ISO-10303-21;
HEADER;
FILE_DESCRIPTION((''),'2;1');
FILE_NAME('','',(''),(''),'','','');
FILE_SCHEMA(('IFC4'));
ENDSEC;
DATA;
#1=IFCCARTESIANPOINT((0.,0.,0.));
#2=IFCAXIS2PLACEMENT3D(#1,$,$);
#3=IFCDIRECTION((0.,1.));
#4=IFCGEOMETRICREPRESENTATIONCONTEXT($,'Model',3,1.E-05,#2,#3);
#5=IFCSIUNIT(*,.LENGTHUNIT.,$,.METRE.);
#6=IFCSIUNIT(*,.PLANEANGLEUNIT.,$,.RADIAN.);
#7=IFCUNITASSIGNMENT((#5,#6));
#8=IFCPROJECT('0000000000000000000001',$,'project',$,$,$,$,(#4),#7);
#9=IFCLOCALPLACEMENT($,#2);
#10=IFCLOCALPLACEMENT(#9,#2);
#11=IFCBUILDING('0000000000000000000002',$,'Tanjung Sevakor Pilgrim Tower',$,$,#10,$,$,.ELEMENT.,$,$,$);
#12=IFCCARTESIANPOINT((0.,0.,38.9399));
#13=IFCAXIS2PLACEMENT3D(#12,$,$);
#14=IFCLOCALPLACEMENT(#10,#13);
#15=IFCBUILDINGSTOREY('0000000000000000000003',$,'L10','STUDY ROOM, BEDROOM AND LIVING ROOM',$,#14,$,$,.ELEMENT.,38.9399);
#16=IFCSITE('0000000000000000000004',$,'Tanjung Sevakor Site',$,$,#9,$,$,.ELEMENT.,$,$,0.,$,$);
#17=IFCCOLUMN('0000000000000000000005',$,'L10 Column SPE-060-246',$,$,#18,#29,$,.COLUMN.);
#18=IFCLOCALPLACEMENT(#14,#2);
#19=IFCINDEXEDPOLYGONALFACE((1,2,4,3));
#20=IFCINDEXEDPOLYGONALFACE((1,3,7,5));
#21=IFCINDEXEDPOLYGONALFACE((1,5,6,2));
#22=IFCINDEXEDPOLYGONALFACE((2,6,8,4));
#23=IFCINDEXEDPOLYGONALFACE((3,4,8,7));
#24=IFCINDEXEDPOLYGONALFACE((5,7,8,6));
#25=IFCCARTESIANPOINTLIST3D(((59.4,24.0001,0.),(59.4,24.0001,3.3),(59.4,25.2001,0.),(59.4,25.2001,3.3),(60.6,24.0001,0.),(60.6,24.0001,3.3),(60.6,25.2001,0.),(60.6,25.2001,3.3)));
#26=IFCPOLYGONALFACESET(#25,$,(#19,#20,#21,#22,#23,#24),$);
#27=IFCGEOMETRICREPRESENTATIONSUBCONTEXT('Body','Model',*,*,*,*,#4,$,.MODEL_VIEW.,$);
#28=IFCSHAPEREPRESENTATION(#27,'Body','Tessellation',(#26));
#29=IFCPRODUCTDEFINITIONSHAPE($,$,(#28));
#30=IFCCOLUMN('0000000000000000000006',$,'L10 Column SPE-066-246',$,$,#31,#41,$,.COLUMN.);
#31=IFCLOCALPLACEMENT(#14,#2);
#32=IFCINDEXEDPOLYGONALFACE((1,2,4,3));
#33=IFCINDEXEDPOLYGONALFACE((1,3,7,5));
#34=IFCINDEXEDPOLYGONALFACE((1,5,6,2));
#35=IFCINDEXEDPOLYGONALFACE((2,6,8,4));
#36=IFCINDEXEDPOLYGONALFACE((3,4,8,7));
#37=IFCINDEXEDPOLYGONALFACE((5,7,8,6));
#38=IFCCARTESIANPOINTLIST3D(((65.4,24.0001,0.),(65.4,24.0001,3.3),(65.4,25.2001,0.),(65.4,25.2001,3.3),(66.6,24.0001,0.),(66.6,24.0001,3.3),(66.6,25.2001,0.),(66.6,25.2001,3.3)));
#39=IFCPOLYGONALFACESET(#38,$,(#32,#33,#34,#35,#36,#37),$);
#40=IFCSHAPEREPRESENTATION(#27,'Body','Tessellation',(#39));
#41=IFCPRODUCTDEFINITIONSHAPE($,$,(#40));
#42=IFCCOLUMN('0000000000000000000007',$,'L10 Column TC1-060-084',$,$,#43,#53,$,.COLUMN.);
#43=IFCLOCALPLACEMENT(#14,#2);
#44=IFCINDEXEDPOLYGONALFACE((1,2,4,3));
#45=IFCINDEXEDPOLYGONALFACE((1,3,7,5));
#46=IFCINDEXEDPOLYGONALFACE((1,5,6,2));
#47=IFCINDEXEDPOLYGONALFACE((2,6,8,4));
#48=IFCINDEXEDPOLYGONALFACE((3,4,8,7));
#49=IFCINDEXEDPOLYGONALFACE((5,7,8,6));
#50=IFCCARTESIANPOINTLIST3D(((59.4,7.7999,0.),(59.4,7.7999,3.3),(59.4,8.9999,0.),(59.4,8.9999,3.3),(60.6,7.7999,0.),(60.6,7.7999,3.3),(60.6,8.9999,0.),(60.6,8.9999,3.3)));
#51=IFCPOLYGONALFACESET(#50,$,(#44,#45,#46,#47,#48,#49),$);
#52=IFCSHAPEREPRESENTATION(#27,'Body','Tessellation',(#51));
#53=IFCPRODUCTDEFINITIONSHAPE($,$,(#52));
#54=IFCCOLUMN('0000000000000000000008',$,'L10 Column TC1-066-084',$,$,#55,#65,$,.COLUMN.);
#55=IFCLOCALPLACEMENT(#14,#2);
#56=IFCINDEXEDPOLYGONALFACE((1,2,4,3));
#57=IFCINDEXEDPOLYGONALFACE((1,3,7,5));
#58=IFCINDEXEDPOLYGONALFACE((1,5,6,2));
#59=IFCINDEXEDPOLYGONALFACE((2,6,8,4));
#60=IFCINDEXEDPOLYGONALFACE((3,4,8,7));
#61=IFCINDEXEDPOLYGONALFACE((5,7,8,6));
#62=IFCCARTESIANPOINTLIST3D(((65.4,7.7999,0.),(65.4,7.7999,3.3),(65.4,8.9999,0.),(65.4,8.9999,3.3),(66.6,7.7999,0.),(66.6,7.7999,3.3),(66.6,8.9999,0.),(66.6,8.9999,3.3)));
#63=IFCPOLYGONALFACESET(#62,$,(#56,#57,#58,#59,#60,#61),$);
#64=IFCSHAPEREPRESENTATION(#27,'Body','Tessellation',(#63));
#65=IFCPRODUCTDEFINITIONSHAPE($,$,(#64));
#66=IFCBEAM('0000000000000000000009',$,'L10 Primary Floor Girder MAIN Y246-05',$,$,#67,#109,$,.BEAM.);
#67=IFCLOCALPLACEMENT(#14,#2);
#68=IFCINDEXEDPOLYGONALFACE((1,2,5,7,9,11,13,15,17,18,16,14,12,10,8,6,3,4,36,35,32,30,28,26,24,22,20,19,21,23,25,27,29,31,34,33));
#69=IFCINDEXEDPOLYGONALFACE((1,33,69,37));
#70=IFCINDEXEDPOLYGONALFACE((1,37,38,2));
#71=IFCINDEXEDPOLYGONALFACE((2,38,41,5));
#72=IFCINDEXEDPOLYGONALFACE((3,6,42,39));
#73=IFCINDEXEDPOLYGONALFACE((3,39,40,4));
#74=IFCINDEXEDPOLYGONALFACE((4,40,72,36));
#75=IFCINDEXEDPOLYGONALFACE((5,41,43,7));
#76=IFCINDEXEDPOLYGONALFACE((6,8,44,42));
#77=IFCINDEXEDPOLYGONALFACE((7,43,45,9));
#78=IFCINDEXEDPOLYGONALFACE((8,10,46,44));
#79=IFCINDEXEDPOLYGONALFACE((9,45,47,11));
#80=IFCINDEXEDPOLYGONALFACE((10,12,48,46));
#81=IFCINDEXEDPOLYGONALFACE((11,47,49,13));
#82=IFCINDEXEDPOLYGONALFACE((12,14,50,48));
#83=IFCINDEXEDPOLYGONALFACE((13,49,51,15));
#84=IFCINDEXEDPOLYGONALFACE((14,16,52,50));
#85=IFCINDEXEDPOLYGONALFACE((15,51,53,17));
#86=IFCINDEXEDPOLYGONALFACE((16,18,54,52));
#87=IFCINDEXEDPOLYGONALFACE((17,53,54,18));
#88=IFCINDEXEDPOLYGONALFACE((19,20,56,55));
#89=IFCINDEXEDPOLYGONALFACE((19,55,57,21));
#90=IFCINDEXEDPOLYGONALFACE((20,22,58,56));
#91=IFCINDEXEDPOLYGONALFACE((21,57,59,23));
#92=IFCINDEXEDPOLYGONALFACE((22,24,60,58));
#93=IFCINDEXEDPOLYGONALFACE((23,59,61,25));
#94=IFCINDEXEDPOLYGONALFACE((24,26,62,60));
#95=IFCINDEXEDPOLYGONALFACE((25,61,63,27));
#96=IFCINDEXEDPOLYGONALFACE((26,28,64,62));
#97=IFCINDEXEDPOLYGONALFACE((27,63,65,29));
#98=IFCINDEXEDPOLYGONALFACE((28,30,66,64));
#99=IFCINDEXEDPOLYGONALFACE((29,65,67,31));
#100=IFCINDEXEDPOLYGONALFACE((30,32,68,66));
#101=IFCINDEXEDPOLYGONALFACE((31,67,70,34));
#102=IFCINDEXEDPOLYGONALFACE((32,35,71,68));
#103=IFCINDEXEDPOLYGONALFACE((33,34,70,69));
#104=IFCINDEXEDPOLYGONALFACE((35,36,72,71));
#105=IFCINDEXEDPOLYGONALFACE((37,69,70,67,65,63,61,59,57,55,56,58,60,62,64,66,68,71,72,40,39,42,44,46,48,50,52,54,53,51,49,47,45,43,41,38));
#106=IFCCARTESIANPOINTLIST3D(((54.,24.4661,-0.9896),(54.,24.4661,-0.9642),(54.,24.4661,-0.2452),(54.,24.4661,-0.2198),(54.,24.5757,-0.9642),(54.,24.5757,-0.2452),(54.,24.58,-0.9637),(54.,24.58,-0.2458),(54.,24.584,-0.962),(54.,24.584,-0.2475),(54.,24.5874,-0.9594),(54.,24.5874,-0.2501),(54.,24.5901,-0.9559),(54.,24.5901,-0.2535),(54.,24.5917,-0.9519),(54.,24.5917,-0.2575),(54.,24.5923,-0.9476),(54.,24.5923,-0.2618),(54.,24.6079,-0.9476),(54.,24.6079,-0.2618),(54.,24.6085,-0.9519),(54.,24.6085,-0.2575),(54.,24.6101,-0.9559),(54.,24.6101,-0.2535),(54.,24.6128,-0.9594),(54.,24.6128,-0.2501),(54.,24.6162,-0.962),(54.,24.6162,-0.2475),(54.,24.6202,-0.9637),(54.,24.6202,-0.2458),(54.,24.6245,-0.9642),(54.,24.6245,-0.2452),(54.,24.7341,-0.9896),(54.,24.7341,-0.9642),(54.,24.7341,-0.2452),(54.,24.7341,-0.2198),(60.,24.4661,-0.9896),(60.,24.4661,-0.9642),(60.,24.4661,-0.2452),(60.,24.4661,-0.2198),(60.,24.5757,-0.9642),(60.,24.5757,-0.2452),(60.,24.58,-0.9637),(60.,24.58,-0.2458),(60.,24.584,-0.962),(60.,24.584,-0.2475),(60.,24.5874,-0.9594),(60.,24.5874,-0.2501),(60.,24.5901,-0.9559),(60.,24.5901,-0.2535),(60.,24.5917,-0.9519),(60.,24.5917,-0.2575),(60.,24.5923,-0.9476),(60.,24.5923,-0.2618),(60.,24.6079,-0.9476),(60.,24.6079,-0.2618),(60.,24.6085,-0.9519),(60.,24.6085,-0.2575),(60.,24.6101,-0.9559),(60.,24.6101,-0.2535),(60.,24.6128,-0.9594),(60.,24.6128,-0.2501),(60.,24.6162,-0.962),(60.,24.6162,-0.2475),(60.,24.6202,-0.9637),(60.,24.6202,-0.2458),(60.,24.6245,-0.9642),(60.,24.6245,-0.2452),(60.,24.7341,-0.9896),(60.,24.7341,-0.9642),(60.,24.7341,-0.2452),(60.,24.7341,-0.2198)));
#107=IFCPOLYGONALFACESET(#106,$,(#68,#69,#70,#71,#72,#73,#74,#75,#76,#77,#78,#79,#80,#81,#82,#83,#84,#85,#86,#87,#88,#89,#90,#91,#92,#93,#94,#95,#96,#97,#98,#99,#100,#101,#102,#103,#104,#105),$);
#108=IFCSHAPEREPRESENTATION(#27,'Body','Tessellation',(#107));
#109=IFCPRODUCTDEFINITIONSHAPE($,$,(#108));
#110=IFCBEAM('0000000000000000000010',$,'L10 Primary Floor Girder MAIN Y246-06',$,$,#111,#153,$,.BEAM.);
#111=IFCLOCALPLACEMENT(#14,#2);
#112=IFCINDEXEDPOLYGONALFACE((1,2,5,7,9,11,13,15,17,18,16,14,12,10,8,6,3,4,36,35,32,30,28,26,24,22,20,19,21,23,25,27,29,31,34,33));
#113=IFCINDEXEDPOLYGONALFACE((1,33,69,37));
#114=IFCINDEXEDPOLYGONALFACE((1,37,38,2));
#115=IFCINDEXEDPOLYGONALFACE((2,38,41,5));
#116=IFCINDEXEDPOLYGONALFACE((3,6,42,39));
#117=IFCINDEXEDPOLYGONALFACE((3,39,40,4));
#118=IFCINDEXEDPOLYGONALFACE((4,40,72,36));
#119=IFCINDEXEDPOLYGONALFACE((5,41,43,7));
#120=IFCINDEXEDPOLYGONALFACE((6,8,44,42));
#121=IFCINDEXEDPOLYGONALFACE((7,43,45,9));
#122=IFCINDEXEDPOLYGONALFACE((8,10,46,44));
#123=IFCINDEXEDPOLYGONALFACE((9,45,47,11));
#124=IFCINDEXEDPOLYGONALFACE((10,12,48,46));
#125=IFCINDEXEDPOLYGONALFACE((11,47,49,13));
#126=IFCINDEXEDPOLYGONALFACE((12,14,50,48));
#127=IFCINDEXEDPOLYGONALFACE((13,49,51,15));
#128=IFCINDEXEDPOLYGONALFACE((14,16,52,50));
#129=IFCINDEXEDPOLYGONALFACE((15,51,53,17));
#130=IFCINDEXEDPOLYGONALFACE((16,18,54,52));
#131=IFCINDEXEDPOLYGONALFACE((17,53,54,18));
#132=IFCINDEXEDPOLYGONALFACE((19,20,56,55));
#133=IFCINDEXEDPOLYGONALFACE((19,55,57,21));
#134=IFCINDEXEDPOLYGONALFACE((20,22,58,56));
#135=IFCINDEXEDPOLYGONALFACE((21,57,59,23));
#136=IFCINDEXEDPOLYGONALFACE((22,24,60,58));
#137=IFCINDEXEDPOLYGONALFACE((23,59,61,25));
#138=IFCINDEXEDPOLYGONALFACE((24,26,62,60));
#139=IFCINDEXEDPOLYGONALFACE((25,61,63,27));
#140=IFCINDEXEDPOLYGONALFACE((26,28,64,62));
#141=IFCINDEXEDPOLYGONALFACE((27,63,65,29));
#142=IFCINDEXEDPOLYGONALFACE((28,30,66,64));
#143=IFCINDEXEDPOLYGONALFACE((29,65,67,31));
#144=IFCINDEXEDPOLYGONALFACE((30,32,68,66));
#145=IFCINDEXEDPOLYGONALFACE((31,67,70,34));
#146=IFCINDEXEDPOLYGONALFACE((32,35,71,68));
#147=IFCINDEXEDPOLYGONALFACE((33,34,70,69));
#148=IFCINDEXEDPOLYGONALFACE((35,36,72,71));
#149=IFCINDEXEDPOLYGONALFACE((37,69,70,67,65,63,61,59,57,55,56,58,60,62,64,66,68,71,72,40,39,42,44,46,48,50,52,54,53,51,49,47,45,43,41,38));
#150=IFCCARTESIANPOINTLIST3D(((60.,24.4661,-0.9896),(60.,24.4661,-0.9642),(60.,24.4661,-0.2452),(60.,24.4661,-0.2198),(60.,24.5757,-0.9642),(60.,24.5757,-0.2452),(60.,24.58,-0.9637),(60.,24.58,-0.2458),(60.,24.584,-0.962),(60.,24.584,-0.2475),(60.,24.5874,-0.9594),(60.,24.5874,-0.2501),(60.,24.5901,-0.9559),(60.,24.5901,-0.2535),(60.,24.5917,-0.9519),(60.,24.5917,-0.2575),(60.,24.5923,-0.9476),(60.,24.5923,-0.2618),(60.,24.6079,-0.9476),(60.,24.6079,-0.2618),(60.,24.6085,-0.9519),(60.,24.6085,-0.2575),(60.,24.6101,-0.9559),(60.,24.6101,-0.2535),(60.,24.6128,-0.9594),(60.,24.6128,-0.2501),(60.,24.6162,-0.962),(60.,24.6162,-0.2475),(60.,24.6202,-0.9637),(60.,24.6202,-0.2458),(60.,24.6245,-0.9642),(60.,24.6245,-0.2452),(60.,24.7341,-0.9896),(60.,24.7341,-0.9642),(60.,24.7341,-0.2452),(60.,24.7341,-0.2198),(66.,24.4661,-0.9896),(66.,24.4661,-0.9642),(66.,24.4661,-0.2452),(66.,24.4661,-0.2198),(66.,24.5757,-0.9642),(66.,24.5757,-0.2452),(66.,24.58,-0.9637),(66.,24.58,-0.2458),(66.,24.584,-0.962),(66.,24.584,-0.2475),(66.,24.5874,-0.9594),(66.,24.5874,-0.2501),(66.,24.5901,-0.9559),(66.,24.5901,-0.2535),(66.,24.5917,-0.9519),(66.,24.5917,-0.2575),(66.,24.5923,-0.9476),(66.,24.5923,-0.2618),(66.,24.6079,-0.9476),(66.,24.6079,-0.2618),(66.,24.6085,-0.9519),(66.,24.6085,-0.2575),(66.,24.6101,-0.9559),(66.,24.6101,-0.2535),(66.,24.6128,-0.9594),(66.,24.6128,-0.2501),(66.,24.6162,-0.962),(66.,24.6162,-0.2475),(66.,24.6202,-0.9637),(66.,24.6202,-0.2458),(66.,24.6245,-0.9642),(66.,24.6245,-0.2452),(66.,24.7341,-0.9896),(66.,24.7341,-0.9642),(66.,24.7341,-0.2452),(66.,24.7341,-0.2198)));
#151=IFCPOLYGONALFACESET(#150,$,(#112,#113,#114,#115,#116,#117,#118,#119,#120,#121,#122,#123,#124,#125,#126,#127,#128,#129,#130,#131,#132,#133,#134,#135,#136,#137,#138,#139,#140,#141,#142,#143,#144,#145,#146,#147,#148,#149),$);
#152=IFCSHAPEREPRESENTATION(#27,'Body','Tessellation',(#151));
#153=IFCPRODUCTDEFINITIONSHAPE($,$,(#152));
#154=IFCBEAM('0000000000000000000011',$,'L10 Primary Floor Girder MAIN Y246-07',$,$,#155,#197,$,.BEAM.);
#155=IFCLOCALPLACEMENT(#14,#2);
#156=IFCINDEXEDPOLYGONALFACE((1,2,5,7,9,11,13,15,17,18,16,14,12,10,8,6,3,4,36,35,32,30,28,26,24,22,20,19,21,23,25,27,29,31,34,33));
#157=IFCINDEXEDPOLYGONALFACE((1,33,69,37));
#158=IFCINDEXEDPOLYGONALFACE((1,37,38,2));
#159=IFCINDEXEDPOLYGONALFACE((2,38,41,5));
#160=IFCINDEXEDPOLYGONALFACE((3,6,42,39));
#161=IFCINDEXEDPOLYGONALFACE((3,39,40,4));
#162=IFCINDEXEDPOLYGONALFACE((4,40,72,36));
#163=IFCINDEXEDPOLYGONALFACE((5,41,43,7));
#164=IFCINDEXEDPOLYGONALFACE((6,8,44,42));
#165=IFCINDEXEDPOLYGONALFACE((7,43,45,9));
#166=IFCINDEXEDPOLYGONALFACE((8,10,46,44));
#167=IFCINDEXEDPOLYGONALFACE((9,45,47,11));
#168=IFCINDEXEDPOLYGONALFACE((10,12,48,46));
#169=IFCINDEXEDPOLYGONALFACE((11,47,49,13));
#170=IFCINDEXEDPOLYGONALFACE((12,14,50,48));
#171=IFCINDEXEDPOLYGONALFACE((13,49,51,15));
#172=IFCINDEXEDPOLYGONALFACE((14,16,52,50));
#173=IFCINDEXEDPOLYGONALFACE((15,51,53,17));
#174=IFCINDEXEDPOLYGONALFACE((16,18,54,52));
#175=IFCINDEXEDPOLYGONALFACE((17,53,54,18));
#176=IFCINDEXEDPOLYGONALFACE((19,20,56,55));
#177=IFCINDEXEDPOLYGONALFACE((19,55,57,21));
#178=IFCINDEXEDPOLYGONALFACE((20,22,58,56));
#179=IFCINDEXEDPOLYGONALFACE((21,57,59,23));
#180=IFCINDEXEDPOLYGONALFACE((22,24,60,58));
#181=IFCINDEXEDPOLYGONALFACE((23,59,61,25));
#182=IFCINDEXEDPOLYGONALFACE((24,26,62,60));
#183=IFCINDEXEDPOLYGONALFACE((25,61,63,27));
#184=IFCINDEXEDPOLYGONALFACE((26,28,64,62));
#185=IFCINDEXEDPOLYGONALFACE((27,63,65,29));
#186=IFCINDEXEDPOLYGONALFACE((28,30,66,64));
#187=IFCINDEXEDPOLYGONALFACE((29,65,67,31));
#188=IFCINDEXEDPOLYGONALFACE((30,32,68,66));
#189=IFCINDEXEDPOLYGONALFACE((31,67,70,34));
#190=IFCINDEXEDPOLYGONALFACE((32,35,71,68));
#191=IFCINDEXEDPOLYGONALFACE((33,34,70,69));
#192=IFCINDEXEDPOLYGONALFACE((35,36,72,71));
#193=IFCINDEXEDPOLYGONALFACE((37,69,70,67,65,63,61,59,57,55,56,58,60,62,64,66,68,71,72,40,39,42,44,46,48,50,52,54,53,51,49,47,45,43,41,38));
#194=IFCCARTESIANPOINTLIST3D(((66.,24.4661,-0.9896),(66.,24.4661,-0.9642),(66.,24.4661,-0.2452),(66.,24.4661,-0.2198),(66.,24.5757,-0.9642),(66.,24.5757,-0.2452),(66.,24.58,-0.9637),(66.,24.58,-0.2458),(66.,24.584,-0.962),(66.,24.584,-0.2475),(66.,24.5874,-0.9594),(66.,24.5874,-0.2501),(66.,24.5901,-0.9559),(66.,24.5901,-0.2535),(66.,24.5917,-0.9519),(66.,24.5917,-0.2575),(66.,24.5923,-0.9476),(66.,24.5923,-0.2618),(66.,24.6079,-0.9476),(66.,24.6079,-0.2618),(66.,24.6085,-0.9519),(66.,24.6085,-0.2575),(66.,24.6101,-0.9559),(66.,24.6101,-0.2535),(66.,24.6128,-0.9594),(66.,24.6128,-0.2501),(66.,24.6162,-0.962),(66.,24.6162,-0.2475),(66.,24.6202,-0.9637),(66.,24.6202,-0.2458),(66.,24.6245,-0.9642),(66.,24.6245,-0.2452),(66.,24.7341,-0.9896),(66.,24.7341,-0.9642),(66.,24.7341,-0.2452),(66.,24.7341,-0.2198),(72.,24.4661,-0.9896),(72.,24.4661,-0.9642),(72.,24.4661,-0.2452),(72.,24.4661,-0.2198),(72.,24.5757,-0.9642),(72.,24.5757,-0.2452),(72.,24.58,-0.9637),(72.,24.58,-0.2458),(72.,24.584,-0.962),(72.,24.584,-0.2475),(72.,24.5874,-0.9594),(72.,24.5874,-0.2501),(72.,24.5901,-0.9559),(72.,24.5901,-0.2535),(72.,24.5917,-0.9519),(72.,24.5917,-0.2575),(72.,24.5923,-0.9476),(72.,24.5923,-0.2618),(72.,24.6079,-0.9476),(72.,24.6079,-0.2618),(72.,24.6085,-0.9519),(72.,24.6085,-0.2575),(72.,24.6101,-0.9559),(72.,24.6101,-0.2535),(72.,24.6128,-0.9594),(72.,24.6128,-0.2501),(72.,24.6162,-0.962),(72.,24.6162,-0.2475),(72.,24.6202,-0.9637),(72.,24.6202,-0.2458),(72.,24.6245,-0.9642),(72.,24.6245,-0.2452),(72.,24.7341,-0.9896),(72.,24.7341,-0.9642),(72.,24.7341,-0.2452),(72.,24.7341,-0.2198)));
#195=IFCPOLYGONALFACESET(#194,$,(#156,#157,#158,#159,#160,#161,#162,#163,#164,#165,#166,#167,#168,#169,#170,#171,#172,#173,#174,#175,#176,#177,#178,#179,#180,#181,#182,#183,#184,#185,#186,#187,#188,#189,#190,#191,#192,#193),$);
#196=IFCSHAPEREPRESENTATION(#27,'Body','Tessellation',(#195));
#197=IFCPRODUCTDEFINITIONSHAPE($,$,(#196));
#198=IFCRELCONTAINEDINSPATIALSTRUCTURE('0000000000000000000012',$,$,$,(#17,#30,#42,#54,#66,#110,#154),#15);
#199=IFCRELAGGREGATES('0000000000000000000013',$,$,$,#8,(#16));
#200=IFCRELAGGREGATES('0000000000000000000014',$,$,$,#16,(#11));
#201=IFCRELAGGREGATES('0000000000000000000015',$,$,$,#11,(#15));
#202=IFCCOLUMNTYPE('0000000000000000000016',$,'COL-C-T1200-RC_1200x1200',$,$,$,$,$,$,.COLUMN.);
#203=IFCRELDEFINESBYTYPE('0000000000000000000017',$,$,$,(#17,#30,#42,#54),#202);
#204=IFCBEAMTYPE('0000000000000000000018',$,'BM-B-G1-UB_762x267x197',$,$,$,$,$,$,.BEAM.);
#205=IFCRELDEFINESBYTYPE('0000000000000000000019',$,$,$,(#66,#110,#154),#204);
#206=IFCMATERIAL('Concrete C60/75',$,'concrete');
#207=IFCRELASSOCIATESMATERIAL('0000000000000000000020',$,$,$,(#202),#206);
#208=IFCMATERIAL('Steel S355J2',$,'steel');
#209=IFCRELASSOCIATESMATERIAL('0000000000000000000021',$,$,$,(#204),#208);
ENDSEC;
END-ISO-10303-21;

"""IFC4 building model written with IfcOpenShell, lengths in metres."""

from ifc_helpers import new_model, si_unit, direction, frame, origin, origin_2d, place, context, subcontext, project, spatial, rectangle, i_section, extrude, material, material_profile, profile_set, type_object, element, save


model = new_model("IFC4")

# Units and contexts
model_context = context("Model", 3, precision=1e-05, world=origin(), true_north=direction((0.0, 1.0)))
body_context = subcontext(model_context, "Body", "Model", "MODEL_VIEW")
ifc_project = project(units=[si_unit("LENGTHUNIT", "METRE"), si_unit("PLANEANGLEUNIT", "RADIAN")], contexts=[model_context])

# Site, building, storey
site_placement = place(None, origin())
site = spatial("IfcSite", under=ifc_project, at=site_placement, Name="Tanjung Sevakor Site", CompositionType="ELEMENT", RefElevation=0.0)
building_placement = place(site_placement, origin())
building = spatial("IfcBuilding", under=site, at=building_placement, Name="Tanjung Sevakor Pilgrim Tower", CompositionType="ELEMENT")
storey_placement = place(building_placement, frame((0.0, 0.0, 38.9399)))
storey = spatial("IfcBuildingStorey", under=building, at=storey_placement, Name="L10", Description="STUDY ROOM, BEDROOM AND LIVING ROOM", CompositionType="ELEMENT", Elevation=38.9399)

# Columns
ifc_material_1 = material(Name="Concrete C60/75", Category="concrete")
ifc_material_profile_1 = material_profile(ifc_material_1, rectangle(XDim=1.2, YDim=1.2, at=origin_2d()))
ifc_profile_set_1 = profile_set([ifc_material_profile_1], Name="Concrete C60/75")
column_type = type_object("IfcColumnType", Name="COL-C-T1200-RC_1200x1200", PredefinedType="COLUMN", material=ifc_profile_set_1)
for number, where, z_axis, x_axis, name in (
    (1, (60.0, 24.6001, 0.0), (0.0, 0.0, 1.0), (1.0, 0.0, 0.0), "L10 Column SPE-060-246"),
    (2, (66.0, 24.6001, 0.0), (0.0, 0.0, 1.0), (1.0, 0.0, 0.0), "L10 Column SPE-066-246"),
    (3, (60.0, 8.3999, 0.0), (0.0, 0.0, 1.0), (1.0, 0.0, 0.0), "L10 Column TC1-060-084"),
    (4, (66.0, 8.3999, 0.0), (0.0, 0.0, 1.0), (1.0, 0.0, 0.0), "L10 Column TC1-066-084"),
):
    element("IfcColumn", number, at=place(storey_placement, frame(where, z_axis=z_axis, x_axis=x_axis)), inside=storey, type_object=column_type, Name=name, PredefinedType="COLUMN", context=body_context, shape_type="SweptSolid", body=[
        extrude(rectangle(XDim=1.2, YDim=1.2, at=origin_2d()), origin(), (0.0, 0.0, 1.0), 3.3),
    ])

# Beams
ifc_material_2 = material(Name="Steel S355J2", Category="steel")
ifc_material_profile_2 = material_profile(ifc_material_2, i_section(OverallWidth=0.2681, OverallDepth=0.7698, WebThickness=0.0156, FlangeThickness=0.0254, FilletRadius=0.0166, at=origin_2d()))
ifc_profile_set_2 = profile_set([ifc_material_profile_2], Name="Steel S355J2")
beam_type_1 = type_object("IfcBeamType", Name="BM-B-G1-UB_762x267x197", PredefinedType="BEAM", material=ifc_profile_set_2)
for number, where, z_axis, x_axis, name in (
    (5, (54.0, 24.6001, -0.6047), (1.0, 0.0, 0.0), (0.0, 1.0, 0.0), "L10 Primary Floor Girder MAIN Y246-05"),
    (6, (60.0, 24.6001, -0.6047), (1.0, 0.0, 0.0), (0.0, 1.0, 0.0), "L10 Primary Floor Girder MAIN Y246-06"),
    (7, (66.0, 24.6001, -0.6047), (1.0, 0.0, 0.0), (0.0, 1.0, 0.0), "L10 Primary Floor Girder MAIN Y246-07"),
):
    element("IfcBeam", number, at=place(storey_placement, frame(where, z_axis=z_axis, x_axis=x_axis)), inside=storey, type_object=beam_type_1, Name=name, PredefinedType="BEAM", context=body_context, shape_type="SweptSolid", body=[
        extrude(i_section(OverallWidth=0.2681, OverallDepth=0.7698, WebThickness=0.0156, FlangeThickness=0.0254, FilletRadius=0.0166, at=origin_2d()), origin(), (0.0, 0.0, 1.0), 6.0),
    ])

save(model, "model.ifc")
